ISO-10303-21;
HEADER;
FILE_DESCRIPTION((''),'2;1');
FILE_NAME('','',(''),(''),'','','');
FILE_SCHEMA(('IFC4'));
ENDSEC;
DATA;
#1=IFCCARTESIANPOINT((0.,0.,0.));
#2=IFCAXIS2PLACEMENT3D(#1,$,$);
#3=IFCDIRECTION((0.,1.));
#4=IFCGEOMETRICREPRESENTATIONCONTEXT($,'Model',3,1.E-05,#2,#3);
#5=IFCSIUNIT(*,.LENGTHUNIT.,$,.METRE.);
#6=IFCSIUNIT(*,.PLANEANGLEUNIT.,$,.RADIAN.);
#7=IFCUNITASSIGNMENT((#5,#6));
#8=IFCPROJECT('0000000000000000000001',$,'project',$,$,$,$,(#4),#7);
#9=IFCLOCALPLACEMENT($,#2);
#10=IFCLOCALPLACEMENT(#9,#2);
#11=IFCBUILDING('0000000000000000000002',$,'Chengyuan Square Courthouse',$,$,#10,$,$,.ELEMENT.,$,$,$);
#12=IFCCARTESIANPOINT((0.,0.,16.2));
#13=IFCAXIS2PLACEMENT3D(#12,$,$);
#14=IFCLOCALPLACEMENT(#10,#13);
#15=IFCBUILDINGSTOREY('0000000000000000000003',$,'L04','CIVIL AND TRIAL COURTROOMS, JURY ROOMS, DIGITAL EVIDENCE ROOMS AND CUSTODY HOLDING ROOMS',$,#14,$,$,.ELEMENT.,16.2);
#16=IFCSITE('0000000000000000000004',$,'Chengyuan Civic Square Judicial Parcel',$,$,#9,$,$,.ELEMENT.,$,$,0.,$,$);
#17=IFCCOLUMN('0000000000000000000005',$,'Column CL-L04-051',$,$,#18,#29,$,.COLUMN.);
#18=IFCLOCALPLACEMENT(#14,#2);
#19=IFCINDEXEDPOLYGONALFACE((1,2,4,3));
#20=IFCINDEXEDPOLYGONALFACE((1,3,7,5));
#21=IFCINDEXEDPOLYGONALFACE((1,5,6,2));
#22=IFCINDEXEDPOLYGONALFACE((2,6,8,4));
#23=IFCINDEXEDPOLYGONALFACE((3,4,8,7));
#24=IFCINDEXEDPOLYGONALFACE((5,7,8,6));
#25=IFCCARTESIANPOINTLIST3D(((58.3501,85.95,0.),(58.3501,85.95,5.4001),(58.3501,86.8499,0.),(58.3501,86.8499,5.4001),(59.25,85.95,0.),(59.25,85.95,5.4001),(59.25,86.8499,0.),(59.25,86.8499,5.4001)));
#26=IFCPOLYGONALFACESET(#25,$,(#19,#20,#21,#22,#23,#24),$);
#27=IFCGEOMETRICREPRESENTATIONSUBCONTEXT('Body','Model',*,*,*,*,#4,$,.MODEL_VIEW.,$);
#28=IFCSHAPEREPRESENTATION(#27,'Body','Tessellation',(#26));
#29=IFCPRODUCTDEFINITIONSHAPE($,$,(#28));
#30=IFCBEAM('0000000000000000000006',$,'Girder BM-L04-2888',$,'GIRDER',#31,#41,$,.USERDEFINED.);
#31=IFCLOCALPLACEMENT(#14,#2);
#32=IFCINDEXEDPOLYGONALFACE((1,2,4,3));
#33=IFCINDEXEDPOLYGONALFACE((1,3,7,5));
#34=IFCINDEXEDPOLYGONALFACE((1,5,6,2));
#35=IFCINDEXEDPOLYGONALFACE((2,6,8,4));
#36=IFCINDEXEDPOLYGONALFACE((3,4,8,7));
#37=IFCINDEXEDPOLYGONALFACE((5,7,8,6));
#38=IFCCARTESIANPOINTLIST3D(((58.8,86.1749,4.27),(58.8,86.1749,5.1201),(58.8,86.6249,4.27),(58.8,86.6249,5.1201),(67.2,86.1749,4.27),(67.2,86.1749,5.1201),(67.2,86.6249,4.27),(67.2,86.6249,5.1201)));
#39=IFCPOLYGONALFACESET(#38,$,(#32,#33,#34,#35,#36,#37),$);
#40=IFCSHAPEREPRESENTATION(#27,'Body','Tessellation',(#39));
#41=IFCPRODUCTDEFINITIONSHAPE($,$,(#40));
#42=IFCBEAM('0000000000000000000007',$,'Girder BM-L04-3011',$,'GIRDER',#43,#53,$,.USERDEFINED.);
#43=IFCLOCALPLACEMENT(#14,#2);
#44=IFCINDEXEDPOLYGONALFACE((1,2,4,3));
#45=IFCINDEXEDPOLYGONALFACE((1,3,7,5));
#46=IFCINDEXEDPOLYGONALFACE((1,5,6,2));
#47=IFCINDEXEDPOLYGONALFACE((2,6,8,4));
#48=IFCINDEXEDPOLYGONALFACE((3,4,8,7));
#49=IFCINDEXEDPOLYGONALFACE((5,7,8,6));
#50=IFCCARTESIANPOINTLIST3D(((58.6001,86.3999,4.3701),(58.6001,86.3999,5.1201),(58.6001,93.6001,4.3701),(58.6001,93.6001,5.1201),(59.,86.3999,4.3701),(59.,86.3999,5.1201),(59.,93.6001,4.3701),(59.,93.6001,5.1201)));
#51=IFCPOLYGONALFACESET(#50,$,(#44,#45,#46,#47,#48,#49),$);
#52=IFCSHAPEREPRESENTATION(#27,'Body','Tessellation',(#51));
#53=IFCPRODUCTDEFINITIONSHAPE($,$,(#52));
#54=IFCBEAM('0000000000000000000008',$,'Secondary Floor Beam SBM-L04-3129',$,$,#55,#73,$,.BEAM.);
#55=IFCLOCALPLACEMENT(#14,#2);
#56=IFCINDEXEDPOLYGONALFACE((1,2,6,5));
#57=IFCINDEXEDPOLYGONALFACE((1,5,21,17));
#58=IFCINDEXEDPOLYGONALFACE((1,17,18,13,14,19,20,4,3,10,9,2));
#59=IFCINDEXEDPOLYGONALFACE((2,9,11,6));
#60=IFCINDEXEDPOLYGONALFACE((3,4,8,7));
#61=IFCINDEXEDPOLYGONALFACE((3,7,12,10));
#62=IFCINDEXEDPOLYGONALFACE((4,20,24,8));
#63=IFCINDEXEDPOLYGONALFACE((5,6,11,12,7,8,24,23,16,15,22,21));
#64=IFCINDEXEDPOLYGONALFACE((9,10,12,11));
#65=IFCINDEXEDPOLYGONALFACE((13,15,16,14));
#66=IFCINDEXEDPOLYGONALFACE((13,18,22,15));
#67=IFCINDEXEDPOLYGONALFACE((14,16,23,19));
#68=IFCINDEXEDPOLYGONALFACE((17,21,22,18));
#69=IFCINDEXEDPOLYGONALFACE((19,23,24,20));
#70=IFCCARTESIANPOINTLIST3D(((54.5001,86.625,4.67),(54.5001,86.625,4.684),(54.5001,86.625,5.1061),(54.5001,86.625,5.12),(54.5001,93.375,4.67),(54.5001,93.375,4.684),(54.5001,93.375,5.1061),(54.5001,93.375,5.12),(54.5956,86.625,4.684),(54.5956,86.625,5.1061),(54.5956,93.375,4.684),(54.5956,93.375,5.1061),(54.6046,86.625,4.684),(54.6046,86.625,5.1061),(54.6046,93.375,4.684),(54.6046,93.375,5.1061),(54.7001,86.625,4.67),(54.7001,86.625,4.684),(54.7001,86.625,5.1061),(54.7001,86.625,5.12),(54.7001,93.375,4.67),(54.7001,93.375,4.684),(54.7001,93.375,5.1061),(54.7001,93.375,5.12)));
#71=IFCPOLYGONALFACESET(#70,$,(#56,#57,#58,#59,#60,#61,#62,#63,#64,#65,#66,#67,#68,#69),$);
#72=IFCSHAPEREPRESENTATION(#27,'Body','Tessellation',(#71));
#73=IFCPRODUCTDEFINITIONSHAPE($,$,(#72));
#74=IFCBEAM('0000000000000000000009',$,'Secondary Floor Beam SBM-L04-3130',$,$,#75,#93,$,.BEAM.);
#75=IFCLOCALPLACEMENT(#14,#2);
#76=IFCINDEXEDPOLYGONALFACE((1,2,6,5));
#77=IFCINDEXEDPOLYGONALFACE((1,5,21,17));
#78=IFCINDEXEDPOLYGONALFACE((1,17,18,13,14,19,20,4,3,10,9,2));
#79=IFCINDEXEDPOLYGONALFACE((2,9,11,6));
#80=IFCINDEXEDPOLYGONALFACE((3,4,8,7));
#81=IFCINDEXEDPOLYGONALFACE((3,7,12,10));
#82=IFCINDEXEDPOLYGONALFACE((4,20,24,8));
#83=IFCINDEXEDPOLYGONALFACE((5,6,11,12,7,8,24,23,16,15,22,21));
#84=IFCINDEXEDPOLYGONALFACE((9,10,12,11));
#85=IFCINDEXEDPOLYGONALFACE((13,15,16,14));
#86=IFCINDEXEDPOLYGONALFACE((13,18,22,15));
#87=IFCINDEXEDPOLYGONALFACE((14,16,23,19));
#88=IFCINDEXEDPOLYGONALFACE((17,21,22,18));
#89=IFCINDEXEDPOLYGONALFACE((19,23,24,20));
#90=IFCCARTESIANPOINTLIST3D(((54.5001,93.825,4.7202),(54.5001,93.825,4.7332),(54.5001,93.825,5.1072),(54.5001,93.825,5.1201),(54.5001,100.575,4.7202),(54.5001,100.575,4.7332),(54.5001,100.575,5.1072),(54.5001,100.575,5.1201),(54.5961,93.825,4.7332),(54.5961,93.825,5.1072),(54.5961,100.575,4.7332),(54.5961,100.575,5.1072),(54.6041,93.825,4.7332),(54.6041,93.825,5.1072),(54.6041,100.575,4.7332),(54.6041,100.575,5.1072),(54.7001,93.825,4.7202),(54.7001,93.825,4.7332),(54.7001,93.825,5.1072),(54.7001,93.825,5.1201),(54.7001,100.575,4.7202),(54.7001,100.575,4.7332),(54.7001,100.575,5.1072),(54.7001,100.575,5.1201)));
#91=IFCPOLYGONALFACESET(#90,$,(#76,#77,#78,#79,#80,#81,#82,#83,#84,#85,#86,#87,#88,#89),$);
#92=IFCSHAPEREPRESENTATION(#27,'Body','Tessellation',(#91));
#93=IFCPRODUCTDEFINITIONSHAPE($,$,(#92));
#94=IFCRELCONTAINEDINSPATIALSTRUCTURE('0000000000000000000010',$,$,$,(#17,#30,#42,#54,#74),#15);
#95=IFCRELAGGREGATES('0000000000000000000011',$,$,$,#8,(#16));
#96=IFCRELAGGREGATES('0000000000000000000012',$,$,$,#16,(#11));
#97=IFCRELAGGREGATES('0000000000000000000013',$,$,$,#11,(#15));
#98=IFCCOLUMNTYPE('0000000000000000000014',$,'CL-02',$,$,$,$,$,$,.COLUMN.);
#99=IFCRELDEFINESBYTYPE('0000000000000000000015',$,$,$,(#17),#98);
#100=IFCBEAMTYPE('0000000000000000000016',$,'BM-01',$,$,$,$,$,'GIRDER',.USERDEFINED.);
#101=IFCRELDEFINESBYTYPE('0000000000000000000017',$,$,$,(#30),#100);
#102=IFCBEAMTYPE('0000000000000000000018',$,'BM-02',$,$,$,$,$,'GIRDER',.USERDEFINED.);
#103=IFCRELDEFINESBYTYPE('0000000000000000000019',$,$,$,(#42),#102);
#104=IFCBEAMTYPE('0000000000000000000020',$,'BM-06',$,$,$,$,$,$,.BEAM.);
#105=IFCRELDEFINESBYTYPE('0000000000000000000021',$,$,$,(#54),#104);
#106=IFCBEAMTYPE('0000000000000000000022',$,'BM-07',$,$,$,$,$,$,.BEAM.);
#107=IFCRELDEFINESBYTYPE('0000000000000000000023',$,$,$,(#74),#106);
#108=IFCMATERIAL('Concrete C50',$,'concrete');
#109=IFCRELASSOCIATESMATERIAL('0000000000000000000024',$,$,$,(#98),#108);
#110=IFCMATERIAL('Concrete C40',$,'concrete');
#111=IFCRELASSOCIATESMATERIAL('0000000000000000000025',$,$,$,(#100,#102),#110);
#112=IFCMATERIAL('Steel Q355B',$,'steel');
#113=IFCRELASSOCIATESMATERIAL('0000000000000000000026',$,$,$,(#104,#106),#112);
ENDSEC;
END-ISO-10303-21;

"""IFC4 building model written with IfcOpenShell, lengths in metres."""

from ifc_helpers import new_model, si_unit, direction, frame, origin, origin_2d, place, context, subcontext, project, spatial, rectangle, i_section, extrude, material, material_profile, profile_set, type_object, element, save


model = new_model("IFC4")

# Units and contexts
model_context = context("Model", 3, precision=1e-05, world=origin(), true_north=direction((0.0, 1.0)))
body_context = subcontext(model_context, "Body", "Model", "MODEL_VIEW")
ifc_project = project(units=[si_unit("LENGTHUNIT", "METRE"), si_unit("PLANEANGLEUNIT", "RADIAN")], contexts=[model_context])

# Site, building, storey
site_placement = place(None, origin())
site = spatial("IfcSite", under=ifc_project, at=site_placement, Name="Chengyuan Civic Square Judicial Parcel", CompositionType="ELEMENT", RefElevation=0.0)
building_placement = place(site_placement, origin())
building = spatial("IfcBuilding", under=site, at=building_placement, Name="Chengyuan Square Courthouse", CompositionType="ELEMENT")
storey_placement = place(building_placement, frame((0.0, 0.0, 16.2)))
storey = spatial("IfcBuildingStorey", under=building, at=storey_placement, Name="L04", Description="CIVIL AND TRIAL COURTROOMS, JURY ROOMS, DIGITAL EVIDENCE ROOMS AND CUSTODY HOLDING ROOMS", CompositionType="ELEMENT", Elevation=16.2)

# Column
ifc_material_1 = material(Name="Concrete C50", Category="concrete")
ifc_material_profile_1 = material_profile(ifc_material_1, rectangle(XDim=0.8999, YDim=0.8999, at=origin_2d()), Name="RC-COL-900x900")
ifc_profile_set_1 = profile_set([ifc_material_profile_1], Name="Concrete C50")
column_type = type_object("IfcColumnType", Name="CL-02", PredefinedType="COLUMN", material=ifc_profile_set_1)
column_placement = place(storey_placement, frame((58.8, 86.3999, 0.0), z_axis=(0.0, 0.0, 1.0), x_axis=(1.0, 0.0, 0.0)))
element("IfcColumn", 1, at=column_placement, inside=storey, type_object=column_type, Name="Column CL-L04-051", PredefinedType="COLUMN", context=body_context, shape_type="SweptSolid", body=[
    extrude(rectangle(XDim=0.8999, YDim=0.8999, at=origin_2d()), origin(), (0.0, 0.0, 1.0), 5.4001),
])

# Beams
ifc_material_2 = material(Name="Concrete C40", Category="concrete")
ifc_material_profile_2 = material_profile(ifc_material_2, rectangle(XDim=0.45, YDim=0.8501, at=origin_2d()), Name="RC-BM-450x850")
ifc_profile_set_2 = profile_set([ifc_material_profile_2], Name="Concrete C40")
beam_type_1 = type_object("IfcBeamType", Name="BM-01", ElementType="GIRDER", PredefinedType="USERDEFINED", material=ifc_profile_set_2)
beam_1_placement = place(storey_placement, frame((58.8, 86.3999, 4.6951), z_axis=(1.0, 0.0, 0.0), x_axis=(0.0, 1.0, 0.0)))
element("IfcBeam", 2, at=beam_1_placement, inside=storey, type_object=beam_type_1, Name="Girder BM-L04-2888", ObjectType="GIRDER", PredefinedType="USERDEFINED", context=body_context, shape_type="SweptSolid", body=[
    extrude(rectangle(XDim=0.45, YDim=0.8501, at=origin_2d()), origin(), (0.0, 0.0, 1.0), 8.3999),
])
ifc_material_profile_3 = material_profile(ifc_material_2, rectangle(XDim=0.3999, YDim=0.75, at=origin_2d()), Name="RC-BM-400x750")
ifc_profile_set_3 = profile_set([ifc_material_profile_3], Name="Concrete C40")
beam_type_2 = type_object("IfcBeamType", Name="BM-02", ElementType="GIRDER", PredefinedType="USERDEFINED", material=ifc_profile_set_3)
beam_2_placement = place(storey_placement, frame((58.8, 86.3999, 4.7451), z_axis=(0.0, 1.0, 0.0), x_axis=(-1.0, 0.0, 0.0)))
element("IfcBeam", 3, at=beam_2_placement, inside=storey, type_object=beam_type_2, Name="Girder BM-L04-3011", ObjectType="GIRDER", PredefinedType="USERDEFINED", context=body_context, shape_type="SweptSolid", body=[
    extrude(rectangle(XDim=0.3999, YDim=0.75, at=origin_2d()), origin(), (0.0, 0.0, 1.0), 7.2002),
])
ifc_material_3 = material(Name="Steel Q355B", Category="steel")
ifc_material_profile_4 = material_profile(ifc_material_3, i_section(OverallWidth=0.2, OverallDepth=0.45, WebThickness=0.009, FlangeThickness=0.0139, at=origin_2d()), Name="HN 450x200x9x14")
ifc_profile_set_4 = profile_set([ifc_material_profile_4], Name="Steel Q355B")
beam_type_3 = type_object("IfcBeamType", Name="BM-06", PredefinedType="BEAM", material=ifc_profile_set_4)
beam_3_placement = place(storey_placement, frame((54.6001, 86.625, 4.895), z_axis=(0.0, 1.0, 0.0), x_axis=(-1.0, 0.0, 0.0)))
element("IfcBeam", 4, at=beam_3_placement, inside=storey, type_object=beam_type_3, Name="Secondary Floor Beam SBM-L04-3129", PredefinedType="BEAM", context=body_context, shape_type="SweptSolid", body=[
    extrude(i_section(OverallWidth=0.2, OverallDepth=0.45, WebThickness=0.009, FlangeThickness=0.0139, at=origin_2d()), origin(), (0.0, 0.0, 1.0), 6.75),
])
ifc_material_profile_5 = material_profile(ifc_material_3, i_section(OverallWidth=0.2, OverallDepth=0.3999, WebThickness=0.0081, FlangeThickness=0.0129, at=origin_2d()), Name="HN 400x200x8x13")
ifc_profile_set_5 = profile_set([ifc_material_profile_5], Name="Steel Q355B")
beam_type_4 = type_object("IfcBeamType", Name="BM-07", PredefinedType="BEAM", material=ifc_profile_set_5)
beam_4_placement = place(storey_placement, frame((54.6001, 93.825, 4.9202), z_axis=(0.0, 1.0, 0.0), x_axis=(-1.0, 0.0, 0.0)))
element("IfcBeam", 5, at=beam_4_placement, inside=storey, type_object=beam_type_4, Name="Secondary Floor Beam SBM-L04-3130", PredefinedType="BEAM", context=body_context, shape_type="SweptSolid", body=[
    extrude(i_section(OverallWidth=0.2, OverallDepth=0.3999, WebThickness=0.0081, FlangeThickness=0.0129, at=origin_2d()), origin(), (0.0, 0.0, 1.0), 6.75),
])

save(model, "model.ifc")
